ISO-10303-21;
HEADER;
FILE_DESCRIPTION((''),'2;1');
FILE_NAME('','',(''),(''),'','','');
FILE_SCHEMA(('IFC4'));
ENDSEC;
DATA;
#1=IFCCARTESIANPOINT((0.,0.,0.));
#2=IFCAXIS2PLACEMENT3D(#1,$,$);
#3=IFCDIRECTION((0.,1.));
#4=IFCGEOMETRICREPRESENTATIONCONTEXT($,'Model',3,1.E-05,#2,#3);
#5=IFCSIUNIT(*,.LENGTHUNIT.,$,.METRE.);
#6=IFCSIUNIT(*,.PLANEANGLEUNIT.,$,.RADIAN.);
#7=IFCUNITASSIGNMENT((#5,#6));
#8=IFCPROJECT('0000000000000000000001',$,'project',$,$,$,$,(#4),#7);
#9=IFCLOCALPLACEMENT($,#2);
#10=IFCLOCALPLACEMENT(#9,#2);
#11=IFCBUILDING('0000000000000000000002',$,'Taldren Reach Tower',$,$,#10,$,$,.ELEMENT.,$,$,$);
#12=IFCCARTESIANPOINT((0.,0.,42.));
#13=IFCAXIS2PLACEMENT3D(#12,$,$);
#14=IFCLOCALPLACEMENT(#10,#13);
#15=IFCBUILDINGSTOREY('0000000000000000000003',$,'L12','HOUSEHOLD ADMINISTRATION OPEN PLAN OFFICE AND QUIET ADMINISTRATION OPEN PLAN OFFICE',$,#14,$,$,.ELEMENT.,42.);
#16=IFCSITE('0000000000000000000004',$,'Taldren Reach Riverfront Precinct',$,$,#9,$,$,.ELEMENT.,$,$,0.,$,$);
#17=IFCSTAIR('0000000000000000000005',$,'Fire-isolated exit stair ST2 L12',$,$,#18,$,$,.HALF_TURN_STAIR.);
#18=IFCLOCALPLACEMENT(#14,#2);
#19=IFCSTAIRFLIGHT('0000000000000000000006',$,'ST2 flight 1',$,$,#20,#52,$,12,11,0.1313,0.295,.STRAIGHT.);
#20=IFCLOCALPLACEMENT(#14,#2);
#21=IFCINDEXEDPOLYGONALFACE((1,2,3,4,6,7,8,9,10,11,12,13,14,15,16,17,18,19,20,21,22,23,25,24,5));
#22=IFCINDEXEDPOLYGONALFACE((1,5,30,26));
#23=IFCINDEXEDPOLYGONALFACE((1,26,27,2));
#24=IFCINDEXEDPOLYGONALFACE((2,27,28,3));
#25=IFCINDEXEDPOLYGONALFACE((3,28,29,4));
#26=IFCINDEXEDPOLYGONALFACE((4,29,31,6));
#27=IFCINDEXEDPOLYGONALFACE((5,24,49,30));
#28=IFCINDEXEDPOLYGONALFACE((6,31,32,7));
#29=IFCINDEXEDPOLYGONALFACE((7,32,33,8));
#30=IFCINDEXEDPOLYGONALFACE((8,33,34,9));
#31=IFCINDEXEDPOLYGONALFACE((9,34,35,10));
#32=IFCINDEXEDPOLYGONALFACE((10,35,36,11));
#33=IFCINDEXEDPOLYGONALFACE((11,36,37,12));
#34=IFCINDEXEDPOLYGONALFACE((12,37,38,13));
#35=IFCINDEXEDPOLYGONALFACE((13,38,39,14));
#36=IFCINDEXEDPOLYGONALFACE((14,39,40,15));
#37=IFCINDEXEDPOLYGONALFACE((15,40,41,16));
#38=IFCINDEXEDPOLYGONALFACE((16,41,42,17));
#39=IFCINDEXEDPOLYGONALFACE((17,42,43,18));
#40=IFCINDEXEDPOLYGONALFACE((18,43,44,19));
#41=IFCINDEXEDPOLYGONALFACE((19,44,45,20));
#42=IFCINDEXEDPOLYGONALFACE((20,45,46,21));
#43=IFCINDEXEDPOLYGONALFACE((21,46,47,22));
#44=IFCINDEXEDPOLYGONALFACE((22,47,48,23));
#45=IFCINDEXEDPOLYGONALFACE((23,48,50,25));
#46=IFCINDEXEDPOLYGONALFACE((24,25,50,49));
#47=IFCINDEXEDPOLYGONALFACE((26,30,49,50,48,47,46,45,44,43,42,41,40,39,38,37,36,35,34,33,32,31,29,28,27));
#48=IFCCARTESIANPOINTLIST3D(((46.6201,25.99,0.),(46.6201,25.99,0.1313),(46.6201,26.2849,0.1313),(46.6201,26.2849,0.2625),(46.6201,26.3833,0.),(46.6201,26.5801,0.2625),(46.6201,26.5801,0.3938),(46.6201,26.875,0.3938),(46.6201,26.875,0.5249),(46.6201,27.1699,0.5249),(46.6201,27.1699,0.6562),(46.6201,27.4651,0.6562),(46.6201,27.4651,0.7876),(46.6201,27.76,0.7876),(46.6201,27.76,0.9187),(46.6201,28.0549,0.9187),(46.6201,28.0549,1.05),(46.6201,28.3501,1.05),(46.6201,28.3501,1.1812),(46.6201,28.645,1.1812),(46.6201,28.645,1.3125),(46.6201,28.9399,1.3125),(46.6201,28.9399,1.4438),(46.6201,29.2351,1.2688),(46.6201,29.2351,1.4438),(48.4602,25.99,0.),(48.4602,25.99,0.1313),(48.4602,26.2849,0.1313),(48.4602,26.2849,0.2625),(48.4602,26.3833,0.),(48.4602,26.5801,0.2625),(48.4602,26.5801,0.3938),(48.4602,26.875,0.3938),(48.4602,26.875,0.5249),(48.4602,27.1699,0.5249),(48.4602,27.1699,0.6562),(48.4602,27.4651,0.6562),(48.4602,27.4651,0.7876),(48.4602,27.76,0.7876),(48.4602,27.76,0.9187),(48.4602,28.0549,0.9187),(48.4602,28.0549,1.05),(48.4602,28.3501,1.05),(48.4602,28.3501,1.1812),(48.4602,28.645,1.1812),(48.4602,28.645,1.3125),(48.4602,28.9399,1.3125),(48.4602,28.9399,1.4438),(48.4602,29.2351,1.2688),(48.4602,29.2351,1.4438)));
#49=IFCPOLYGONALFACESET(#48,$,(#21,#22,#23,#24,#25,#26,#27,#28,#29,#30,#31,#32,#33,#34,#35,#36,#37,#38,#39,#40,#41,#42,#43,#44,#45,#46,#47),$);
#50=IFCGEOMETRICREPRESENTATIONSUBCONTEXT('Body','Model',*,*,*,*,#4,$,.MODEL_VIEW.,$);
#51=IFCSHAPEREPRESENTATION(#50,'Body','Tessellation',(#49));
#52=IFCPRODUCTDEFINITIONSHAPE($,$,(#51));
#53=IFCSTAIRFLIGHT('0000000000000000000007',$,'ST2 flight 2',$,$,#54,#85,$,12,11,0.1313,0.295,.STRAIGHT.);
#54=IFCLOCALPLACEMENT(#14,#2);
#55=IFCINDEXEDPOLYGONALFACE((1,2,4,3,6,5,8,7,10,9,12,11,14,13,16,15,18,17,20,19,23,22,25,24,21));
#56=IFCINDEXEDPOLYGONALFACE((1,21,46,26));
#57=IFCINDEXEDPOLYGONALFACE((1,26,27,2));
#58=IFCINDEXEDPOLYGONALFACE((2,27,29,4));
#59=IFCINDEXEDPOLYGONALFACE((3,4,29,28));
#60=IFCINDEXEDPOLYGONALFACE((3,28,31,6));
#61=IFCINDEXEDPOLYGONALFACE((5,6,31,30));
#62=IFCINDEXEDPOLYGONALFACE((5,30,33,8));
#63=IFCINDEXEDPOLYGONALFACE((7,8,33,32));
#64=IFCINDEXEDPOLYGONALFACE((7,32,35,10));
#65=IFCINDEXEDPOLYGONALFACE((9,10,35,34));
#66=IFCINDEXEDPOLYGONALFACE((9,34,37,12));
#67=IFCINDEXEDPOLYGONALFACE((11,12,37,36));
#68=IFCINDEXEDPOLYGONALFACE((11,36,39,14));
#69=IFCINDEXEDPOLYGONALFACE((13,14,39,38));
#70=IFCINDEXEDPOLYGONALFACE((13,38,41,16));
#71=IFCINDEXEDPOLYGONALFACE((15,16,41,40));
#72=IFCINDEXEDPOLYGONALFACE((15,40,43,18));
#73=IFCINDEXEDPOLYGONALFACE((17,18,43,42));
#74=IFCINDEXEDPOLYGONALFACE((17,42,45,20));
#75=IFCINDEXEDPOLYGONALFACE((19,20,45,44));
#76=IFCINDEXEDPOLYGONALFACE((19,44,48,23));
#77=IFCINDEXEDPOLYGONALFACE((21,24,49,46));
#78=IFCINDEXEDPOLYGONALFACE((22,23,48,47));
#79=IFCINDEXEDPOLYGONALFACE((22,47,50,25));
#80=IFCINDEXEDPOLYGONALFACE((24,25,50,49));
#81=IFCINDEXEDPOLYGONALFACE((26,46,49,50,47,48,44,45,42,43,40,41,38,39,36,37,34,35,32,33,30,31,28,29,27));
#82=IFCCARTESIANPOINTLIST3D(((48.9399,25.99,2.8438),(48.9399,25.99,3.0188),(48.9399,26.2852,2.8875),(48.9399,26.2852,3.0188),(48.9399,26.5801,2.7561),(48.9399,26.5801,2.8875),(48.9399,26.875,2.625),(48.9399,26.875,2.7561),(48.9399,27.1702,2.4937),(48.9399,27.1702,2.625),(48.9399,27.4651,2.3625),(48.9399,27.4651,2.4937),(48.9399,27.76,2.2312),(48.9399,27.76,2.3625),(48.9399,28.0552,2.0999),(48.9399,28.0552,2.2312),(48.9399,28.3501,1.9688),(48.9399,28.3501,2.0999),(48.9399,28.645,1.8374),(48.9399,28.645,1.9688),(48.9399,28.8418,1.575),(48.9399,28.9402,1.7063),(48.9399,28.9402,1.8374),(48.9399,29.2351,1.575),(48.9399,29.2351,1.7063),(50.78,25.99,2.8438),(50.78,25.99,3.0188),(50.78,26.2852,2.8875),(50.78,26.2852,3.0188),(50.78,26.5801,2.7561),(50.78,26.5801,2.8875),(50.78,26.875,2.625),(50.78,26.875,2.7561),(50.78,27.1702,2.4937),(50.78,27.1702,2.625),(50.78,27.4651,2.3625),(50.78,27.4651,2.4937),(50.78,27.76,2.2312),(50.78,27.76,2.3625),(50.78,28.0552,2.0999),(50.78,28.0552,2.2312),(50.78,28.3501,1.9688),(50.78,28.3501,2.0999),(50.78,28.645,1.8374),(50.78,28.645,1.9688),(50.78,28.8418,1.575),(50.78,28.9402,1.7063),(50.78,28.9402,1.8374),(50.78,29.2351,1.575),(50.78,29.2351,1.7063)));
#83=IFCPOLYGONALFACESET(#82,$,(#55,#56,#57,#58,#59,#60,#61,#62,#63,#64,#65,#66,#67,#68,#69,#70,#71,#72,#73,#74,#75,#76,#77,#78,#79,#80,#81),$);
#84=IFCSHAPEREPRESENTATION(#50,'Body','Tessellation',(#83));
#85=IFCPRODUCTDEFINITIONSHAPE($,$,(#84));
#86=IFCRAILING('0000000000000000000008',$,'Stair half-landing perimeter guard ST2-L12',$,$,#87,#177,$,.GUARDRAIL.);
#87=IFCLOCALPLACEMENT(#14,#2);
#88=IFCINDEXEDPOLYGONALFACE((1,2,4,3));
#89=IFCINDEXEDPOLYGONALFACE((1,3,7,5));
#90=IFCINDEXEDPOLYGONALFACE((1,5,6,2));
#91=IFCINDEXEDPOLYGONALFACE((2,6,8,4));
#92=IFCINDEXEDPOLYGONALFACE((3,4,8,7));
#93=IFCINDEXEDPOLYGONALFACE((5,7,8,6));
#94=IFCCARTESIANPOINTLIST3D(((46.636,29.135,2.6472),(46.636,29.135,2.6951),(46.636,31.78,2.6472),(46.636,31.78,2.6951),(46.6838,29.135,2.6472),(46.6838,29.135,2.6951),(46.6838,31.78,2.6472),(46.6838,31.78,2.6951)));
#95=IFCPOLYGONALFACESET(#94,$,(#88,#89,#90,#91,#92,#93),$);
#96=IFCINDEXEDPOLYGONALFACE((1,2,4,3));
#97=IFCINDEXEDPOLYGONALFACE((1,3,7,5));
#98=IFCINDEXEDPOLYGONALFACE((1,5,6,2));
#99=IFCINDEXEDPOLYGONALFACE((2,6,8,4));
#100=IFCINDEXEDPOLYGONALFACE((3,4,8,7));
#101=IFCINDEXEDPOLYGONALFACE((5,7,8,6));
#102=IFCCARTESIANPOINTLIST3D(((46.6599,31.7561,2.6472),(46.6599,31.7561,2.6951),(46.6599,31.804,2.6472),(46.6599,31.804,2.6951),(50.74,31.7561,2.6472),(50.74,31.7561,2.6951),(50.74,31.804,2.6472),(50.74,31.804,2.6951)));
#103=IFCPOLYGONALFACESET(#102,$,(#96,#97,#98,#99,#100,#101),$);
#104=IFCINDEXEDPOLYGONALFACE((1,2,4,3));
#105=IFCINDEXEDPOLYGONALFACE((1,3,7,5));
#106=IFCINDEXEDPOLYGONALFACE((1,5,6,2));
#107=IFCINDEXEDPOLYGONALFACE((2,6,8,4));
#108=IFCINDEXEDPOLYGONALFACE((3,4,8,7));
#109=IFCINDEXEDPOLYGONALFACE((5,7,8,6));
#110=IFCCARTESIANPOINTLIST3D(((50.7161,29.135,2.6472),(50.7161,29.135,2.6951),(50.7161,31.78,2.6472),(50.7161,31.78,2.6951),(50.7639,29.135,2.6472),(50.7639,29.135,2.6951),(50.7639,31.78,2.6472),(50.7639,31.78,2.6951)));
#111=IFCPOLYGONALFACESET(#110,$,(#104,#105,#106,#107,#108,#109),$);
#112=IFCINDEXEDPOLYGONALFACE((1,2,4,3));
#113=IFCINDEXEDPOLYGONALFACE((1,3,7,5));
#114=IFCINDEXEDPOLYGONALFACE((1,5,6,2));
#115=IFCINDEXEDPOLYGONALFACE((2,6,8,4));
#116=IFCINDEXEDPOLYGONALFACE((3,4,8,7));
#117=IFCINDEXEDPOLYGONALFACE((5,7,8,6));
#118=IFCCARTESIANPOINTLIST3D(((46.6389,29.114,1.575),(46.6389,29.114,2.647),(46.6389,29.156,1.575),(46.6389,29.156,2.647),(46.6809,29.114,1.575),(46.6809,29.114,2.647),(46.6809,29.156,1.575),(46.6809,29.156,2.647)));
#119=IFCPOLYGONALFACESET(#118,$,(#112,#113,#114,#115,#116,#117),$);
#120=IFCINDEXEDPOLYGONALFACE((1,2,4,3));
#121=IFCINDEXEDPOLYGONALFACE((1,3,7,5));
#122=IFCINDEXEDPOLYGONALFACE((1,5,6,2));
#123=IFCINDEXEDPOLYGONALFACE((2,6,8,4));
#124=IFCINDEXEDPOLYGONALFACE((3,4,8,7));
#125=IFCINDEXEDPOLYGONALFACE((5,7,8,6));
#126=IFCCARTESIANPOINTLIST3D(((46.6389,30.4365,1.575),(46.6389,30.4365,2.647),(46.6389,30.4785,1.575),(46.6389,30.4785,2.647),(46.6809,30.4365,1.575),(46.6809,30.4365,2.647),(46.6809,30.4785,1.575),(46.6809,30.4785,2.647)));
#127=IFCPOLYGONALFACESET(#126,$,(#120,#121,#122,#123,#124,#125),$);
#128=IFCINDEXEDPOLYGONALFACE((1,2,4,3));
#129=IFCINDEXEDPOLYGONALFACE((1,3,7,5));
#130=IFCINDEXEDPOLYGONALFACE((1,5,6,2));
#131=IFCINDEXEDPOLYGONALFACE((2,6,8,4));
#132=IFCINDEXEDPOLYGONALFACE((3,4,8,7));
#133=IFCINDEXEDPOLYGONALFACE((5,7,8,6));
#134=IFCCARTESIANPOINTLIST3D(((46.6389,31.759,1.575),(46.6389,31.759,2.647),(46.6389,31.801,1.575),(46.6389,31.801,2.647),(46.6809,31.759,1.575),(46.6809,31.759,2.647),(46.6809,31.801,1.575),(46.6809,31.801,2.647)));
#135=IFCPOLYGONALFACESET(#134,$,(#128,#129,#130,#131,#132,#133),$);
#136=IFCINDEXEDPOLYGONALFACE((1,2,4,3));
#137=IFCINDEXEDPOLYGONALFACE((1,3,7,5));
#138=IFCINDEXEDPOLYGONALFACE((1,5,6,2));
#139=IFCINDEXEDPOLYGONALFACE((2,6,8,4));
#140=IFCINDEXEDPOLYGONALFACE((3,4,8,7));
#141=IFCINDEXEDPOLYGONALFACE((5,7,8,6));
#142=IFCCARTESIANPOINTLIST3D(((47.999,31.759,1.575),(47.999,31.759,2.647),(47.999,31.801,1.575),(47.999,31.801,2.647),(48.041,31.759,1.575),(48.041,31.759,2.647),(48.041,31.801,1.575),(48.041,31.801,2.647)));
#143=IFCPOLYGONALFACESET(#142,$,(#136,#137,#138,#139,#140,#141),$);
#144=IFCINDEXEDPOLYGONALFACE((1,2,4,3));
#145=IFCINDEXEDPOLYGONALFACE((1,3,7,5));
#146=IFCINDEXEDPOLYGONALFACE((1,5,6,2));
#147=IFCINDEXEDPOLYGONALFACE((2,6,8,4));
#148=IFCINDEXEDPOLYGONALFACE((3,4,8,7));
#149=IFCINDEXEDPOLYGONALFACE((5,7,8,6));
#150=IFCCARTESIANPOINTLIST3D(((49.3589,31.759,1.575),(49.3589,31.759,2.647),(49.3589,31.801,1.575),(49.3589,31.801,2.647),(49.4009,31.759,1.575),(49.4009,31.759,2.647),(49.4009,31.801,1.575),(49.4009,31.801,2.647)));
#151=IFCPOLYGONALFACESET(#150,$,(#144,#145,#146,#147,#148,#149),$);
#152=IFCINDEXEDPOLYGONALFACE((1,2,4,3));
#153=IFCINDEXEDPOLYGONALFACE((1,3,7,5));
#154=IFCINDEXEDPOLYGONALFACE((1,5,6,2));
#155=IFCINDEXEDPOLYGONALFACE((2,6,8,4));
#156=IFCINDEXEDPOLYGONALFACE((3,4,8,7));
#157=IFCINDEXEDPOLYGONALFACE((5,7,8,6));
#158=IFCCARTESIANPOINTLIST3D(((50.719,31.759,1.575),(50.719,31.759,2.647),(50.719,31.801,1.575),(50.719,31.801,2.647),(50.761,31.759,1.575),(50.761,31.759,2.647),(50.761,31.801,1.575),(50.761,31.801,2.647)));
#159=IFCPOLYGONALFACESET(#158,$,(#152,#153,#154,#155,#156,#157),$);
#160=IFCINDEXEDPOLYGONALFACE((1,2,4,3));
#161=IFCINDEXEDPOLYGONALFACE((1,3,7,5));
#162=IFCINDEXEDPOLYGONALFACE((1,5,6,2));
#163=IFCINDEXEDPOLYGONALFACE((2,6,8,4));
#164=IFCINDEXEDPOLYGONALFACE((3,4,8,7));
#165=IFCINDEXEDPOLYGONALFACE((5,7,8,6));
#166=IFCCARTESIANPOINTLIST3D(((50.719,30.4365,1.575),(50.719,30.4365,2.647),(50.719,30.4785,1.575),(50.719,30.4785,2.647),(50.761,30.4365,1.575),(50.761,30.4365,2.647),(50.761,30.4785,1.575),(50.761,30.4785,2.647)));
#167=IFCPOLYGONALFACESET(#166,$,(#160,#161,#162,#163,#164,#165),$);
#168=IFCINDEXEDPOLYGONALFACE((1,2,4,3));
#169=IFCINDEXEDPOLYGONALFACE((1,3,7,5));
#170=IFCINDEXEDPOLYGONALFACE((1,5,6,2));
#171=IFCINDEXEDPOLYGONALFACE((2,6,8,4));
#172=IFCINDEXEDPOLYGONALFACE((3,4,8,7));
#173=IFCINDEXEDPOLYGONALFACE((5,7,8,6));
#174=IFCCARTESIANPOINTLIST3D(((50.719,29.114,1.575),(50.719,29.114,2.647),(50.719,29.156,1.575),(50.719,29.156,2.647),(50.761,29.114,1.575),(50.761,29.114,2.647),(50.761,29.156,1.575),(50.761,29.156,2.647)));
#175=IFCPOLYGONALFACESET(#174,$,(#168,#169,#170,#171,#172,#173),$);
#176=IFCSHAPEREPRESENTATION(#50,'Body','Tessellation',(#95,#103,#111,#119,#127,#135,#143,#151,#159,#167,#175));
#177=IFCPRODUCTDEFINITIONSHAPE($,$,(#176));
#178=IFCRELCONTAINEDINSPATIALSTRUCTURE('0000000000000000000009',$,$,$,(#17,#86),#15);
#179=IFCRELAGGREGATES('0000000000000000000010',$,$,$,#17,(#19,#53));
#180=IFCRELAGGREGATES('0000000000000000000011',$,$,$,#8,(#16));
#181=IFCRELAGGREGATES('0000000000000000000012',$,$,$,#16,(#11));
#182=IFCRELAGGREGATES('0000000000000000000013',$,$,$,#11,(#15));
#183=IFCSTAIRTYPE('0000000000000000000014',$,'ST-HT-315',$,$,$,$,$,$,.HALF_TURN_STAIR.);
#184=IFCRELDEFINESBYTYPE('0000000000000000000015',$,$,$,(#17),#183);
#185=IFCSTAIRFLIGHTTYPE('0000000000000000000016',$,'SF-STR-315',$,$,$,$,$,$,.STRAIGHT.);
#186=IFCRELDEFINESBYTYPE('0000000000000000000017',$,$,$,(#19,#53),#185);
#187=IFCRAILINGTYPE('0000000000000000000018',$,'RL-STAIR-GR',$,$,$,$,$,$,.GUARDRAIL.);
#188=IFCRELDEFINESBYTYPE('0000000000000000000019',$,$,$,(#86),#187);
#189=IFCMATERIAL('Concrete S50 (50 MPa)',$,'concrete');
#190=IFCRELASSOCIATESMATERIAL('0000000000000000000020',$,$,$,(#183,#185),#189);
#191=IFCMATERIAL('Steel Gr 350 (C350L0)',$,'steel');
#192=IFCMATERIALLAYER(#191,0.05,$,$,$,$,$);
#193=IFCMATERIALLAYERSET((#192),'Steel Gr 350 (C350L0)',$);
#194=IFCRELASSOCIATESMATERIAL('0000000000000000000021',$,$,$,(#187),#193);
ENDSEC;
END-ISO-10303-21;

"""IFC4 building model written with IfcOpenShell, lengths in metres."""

from ifc_helpers import new_model, si_unit, direction, frame, origin, origin_2d, place, context, subcontext, project, spatial, polyline, rectangle, outline, extrude, material, layer, layer_set, type_object, element, aggregate, save


model = new_model("IFC4")

# Units and contexts
model_context = context("Model", 3, precision=1e-05, world=origin(), true_north=direction((0.0, 1.0)))
body_context = subcontext(model_context, "Body", "Model", "MODEL_VIEW")
ifc_project = project(units=[si_unit("LENGTHUNIT", "METRE"), si_unit("PLANEANGLEUNIT", "RADIAN")], contexts=[model_context])

# Site, building, storey
site_placement = place(None, origin())
site = spatial("IfcSite", under=ifc_project, at=site_placement, Name="Taldren Reach Riverfront Precinct", CompositionType="ELEMENT", RefElevation=0.0)
building_placement = place(site_placement, origin())
building = spatial("IfcBuilding", under=site, at=building_placement, Name="Taldren Reach Tower", CompositionType="ELEMENT")
storey_placement = place(building_placement, frame((0.0, 0.0, 42.0)))
storey = spatial("IfcBuildingStorey", under=building, at=storey_placement, Name="L12", Description="HOUSEHOLD ADMINISTRATION OPEN PLAN OFFICE AND QUIET ADMINISTRATION OPEN PLAN OFFICE", CompositionType="ELEMENT", Elevation=42.0)

# Shared definitions
ifc_material_1 = material(Name="Steel Gr 350 (C350L0)", Category="steel")

# Shared definitions
ifc_material_2 = material(Name="Concrete S50 (50 MPa)", Category="concrete")

# Stair, stair flights
stair_type = type_object("IfcStairType", Name="ST-HT-315", PredefinedType="HALF_TURN_STAIR", material=ifc_material_2)
stair_placement = place(storey_placement, origin())
stair = element("IfcStair", 1, at=stair_placement, inside=storey, type_object=stair_type, Name="Fire-isolated exit stair ST2 L12", PredefinedType="HALF_TURN_STAIR")
stair_flight_type = type_object("IfcStairFlightType", Name="SF-STR-315", PredefinedType="STRAIGHT", material=ifc_material_2)
stair_flight_1_placement = place(storey_placement, frame((47.54, 25.99, 0.0), z_axis=(0.0, 0.0, 1.0), x_axis=(0.0, 1.0, 0.0)))
stair_flight_1 = element("IfcStairFlight", 2, at=stair_flight_1_placement, type_object=stair_flight_type, Name="ST2 flight 1", NumberOfRisers=12, NumberOfTreads=11, PredefinedType="STRAIGHT", RiserHeight=0.1313, TreadLength=0.295, context=body_context, shape_type="SweptSolid", body=[
    extrude(outline(polyline([(0.0, 0.0), (0.0, 0.1313), (0.2949, 0.1313), (0.2949, 0.2625), (0.5901, 0.2625), (0.5901, 0.3938), (0.885, 0.3938), (0.885, 0.5249), (1.1799, 0.5249), (1.1799, 0.6562), (1.4751, 0.6562), (1.4751, 0.7876), (1.77, 0.7876), (1.77, 0.9187), (2.0649, 0.9187), (2.0649, 1.05), (2.3601, 1.05), (2.3601, 1.1812), (2.655, 1.1812), (2.655, 1.3125), (2.95, 1.3125), (2.95, 1.4438), (3.2451, 1.4438), (3.2451, 1.575), (3.2451, 1.2688), (0.3933, 0.0), (0.0, 0.0)])), frame((0.0, 0.9199, 0.0), z_axis=(0.0, -1.0, 0.0), x_axis=(1.0, 0.0, 0.0)), (0.0, 0.0, 1.0), 1.8401),
])
stair_flight_2_placement = place(storey_placement, frame((49.8601, 29.2351, 1.575), z_axis=(0.0, 0.0, 1.0), x_axis=(0.0, -1.0, 0.0)))
stair_flight_2 = element("IfcStairFlight", 3, at=stair_flight_2_placement, type_object=stair_flight_type, Name="ST2 flight 2", NumberOfRisers=12, NumberOfTreads=11, PredefinedType="STRAIGHT", RiserHeight=0.1313, TreadLength=0.295, context=body_context, shape_type="SweptSolid", body=[
    extrude(outline(polyline([(0.0, 0.0), (0.0, 0.1313), (0.2949, 0.1313), (0.2949, 0.2625), (0.5901, 0.2625), (0.5901, 0.3938), (0.885, 0.3938), (0.885, 0.5249), (1.1799, 0.5249), (1.1799, 0.6562), (1.4751, 0.6562), (1.4751, 0.7876), (1.77, 0.7876), (1.77, 0.9187), (2.0649, 0.9187), (2.0649, 1.05), (2.3601, 1.05), (2.3601, 1.1812), (2.655, 1.1812), (2.655, 1.3125), (2.95, 1.3125), (2.95, 1.4438), (3.2451, 1.4438), (3.2451, 1.575), (3.2451, 1.2688), (0.3933, 0.0), (0.0, 0.0)])), frame((0.0, 0.9199, 0.0), z_axis=(0.0, -1.0, 0.0), x_axis=(1.0, 0.0, 0.0)), (0.0, 0.0, 1.0), 1.8401),
])
aggregate(stair, [stair_flight_1, stair_flight_2])

# Railing
ifc_layer_1 = layer(ifc_material_1, 0.05)
ifc_layer_set_1 = layer_set([ifc_layer_1], Name="Steel Gr 350 (C350L0)")
railing_type_1 = type_object("IfcRailingType", Name="RL-STAIR-GR", PredefinedType="GUARDRAIL", material=ifc_layer_set_1)
railing_1_placement = place(storey_placement, frame((46.6599, 29.135, 1.575)))
element("IfcRailing", 4, at=railing_1_placement, inside=storey, type_object=railing_type_1, Name="Stair half-landing perimeter guard ST2-L12", PredefinedType="GUARDRAIL", context=body_context, shape_type="SweptSolid", body=[
    extrude(rectangle(XDim=0.0479, YDim=0.0479, at=origin_2d()), frame((0.0, 0.0, 1.0962), z_axis=(0.0, 1.0, 0.0), x_axis=(-1.0, 0.0, 0.0)), (0.0, 0.0, 1.0), 2.645),
    extrude(rectangle(XDim=0.0479, YDim=0.0479, at=origin_2d()), frame((0.0, 2.645, 1.0962), z_axis=(1.0, 0.0, 0.0), x_axis=(0.0, 1.0, 0.0)), (0.0, 0.0, 1.0), 4.0801),
    extrude(rectangle(XDim=0.0479, YDim=0.0479, at=origin_2d()), frame((4.0801, 2.645, 1.0962), z_axis=(0.0, -1.0, 0.0), x_axis=(1.0, 0.0, 0.0)), (0.0, 0.0, 1.0), 2.645),
    extrude(rectangle(XDim=0.042, YDim=0.042, at=origin_2d()), origin(), (0.0, 0.0, 1.0), 1.072),
    extrude(rectangle(XDim=0.042, YDim=0.042, at=origin_2d()), frame((0.0, 1.3225, 0.0)), (0.0, 0.0, 1.0), 1.072),
    extrude(rectangle(XDim=0.042, YDim=0.042, at=origin_2d()), frame((0.0, 2.645, 0.0)), (0.0, 0.0, 1.0), 1.072),
    extrude(rectangle(XDim=0.042, YDim=0.042, at=origin_2d()), frame((1.3601, 2.645, 0.0)), (0.0, 0.0, 1.0), 1.072),
    extrude(rectangle(XDim=0.042, YDim=0.042, at=origin_2d()), frame((2.72, 2.645, 0.0)), (0.0, 0.0, 1.0), 1.072),
    extrude(rectangle(XDim=0.042, YDim=0.042, at=origin_2d()), frame((4.0801, 2.645, 0.0)), (0.0, 0.0, 1.0), 1.072),
    extrude(rectangle(XDim=0.042, YDim=0.042, at=origin_2d()), frame((4.0801, 1.3225, 0.0)), (0.0, 0.0, 1.0), 1.072),
    extrude(rectangle(XDim=0.042, YDim=0.042, at=origin_2d()), frame((4.0801, 0.0, 0.0)), (0.0, 0.0, 1.0), 1.072),
])

save(model, "model.ifc")
